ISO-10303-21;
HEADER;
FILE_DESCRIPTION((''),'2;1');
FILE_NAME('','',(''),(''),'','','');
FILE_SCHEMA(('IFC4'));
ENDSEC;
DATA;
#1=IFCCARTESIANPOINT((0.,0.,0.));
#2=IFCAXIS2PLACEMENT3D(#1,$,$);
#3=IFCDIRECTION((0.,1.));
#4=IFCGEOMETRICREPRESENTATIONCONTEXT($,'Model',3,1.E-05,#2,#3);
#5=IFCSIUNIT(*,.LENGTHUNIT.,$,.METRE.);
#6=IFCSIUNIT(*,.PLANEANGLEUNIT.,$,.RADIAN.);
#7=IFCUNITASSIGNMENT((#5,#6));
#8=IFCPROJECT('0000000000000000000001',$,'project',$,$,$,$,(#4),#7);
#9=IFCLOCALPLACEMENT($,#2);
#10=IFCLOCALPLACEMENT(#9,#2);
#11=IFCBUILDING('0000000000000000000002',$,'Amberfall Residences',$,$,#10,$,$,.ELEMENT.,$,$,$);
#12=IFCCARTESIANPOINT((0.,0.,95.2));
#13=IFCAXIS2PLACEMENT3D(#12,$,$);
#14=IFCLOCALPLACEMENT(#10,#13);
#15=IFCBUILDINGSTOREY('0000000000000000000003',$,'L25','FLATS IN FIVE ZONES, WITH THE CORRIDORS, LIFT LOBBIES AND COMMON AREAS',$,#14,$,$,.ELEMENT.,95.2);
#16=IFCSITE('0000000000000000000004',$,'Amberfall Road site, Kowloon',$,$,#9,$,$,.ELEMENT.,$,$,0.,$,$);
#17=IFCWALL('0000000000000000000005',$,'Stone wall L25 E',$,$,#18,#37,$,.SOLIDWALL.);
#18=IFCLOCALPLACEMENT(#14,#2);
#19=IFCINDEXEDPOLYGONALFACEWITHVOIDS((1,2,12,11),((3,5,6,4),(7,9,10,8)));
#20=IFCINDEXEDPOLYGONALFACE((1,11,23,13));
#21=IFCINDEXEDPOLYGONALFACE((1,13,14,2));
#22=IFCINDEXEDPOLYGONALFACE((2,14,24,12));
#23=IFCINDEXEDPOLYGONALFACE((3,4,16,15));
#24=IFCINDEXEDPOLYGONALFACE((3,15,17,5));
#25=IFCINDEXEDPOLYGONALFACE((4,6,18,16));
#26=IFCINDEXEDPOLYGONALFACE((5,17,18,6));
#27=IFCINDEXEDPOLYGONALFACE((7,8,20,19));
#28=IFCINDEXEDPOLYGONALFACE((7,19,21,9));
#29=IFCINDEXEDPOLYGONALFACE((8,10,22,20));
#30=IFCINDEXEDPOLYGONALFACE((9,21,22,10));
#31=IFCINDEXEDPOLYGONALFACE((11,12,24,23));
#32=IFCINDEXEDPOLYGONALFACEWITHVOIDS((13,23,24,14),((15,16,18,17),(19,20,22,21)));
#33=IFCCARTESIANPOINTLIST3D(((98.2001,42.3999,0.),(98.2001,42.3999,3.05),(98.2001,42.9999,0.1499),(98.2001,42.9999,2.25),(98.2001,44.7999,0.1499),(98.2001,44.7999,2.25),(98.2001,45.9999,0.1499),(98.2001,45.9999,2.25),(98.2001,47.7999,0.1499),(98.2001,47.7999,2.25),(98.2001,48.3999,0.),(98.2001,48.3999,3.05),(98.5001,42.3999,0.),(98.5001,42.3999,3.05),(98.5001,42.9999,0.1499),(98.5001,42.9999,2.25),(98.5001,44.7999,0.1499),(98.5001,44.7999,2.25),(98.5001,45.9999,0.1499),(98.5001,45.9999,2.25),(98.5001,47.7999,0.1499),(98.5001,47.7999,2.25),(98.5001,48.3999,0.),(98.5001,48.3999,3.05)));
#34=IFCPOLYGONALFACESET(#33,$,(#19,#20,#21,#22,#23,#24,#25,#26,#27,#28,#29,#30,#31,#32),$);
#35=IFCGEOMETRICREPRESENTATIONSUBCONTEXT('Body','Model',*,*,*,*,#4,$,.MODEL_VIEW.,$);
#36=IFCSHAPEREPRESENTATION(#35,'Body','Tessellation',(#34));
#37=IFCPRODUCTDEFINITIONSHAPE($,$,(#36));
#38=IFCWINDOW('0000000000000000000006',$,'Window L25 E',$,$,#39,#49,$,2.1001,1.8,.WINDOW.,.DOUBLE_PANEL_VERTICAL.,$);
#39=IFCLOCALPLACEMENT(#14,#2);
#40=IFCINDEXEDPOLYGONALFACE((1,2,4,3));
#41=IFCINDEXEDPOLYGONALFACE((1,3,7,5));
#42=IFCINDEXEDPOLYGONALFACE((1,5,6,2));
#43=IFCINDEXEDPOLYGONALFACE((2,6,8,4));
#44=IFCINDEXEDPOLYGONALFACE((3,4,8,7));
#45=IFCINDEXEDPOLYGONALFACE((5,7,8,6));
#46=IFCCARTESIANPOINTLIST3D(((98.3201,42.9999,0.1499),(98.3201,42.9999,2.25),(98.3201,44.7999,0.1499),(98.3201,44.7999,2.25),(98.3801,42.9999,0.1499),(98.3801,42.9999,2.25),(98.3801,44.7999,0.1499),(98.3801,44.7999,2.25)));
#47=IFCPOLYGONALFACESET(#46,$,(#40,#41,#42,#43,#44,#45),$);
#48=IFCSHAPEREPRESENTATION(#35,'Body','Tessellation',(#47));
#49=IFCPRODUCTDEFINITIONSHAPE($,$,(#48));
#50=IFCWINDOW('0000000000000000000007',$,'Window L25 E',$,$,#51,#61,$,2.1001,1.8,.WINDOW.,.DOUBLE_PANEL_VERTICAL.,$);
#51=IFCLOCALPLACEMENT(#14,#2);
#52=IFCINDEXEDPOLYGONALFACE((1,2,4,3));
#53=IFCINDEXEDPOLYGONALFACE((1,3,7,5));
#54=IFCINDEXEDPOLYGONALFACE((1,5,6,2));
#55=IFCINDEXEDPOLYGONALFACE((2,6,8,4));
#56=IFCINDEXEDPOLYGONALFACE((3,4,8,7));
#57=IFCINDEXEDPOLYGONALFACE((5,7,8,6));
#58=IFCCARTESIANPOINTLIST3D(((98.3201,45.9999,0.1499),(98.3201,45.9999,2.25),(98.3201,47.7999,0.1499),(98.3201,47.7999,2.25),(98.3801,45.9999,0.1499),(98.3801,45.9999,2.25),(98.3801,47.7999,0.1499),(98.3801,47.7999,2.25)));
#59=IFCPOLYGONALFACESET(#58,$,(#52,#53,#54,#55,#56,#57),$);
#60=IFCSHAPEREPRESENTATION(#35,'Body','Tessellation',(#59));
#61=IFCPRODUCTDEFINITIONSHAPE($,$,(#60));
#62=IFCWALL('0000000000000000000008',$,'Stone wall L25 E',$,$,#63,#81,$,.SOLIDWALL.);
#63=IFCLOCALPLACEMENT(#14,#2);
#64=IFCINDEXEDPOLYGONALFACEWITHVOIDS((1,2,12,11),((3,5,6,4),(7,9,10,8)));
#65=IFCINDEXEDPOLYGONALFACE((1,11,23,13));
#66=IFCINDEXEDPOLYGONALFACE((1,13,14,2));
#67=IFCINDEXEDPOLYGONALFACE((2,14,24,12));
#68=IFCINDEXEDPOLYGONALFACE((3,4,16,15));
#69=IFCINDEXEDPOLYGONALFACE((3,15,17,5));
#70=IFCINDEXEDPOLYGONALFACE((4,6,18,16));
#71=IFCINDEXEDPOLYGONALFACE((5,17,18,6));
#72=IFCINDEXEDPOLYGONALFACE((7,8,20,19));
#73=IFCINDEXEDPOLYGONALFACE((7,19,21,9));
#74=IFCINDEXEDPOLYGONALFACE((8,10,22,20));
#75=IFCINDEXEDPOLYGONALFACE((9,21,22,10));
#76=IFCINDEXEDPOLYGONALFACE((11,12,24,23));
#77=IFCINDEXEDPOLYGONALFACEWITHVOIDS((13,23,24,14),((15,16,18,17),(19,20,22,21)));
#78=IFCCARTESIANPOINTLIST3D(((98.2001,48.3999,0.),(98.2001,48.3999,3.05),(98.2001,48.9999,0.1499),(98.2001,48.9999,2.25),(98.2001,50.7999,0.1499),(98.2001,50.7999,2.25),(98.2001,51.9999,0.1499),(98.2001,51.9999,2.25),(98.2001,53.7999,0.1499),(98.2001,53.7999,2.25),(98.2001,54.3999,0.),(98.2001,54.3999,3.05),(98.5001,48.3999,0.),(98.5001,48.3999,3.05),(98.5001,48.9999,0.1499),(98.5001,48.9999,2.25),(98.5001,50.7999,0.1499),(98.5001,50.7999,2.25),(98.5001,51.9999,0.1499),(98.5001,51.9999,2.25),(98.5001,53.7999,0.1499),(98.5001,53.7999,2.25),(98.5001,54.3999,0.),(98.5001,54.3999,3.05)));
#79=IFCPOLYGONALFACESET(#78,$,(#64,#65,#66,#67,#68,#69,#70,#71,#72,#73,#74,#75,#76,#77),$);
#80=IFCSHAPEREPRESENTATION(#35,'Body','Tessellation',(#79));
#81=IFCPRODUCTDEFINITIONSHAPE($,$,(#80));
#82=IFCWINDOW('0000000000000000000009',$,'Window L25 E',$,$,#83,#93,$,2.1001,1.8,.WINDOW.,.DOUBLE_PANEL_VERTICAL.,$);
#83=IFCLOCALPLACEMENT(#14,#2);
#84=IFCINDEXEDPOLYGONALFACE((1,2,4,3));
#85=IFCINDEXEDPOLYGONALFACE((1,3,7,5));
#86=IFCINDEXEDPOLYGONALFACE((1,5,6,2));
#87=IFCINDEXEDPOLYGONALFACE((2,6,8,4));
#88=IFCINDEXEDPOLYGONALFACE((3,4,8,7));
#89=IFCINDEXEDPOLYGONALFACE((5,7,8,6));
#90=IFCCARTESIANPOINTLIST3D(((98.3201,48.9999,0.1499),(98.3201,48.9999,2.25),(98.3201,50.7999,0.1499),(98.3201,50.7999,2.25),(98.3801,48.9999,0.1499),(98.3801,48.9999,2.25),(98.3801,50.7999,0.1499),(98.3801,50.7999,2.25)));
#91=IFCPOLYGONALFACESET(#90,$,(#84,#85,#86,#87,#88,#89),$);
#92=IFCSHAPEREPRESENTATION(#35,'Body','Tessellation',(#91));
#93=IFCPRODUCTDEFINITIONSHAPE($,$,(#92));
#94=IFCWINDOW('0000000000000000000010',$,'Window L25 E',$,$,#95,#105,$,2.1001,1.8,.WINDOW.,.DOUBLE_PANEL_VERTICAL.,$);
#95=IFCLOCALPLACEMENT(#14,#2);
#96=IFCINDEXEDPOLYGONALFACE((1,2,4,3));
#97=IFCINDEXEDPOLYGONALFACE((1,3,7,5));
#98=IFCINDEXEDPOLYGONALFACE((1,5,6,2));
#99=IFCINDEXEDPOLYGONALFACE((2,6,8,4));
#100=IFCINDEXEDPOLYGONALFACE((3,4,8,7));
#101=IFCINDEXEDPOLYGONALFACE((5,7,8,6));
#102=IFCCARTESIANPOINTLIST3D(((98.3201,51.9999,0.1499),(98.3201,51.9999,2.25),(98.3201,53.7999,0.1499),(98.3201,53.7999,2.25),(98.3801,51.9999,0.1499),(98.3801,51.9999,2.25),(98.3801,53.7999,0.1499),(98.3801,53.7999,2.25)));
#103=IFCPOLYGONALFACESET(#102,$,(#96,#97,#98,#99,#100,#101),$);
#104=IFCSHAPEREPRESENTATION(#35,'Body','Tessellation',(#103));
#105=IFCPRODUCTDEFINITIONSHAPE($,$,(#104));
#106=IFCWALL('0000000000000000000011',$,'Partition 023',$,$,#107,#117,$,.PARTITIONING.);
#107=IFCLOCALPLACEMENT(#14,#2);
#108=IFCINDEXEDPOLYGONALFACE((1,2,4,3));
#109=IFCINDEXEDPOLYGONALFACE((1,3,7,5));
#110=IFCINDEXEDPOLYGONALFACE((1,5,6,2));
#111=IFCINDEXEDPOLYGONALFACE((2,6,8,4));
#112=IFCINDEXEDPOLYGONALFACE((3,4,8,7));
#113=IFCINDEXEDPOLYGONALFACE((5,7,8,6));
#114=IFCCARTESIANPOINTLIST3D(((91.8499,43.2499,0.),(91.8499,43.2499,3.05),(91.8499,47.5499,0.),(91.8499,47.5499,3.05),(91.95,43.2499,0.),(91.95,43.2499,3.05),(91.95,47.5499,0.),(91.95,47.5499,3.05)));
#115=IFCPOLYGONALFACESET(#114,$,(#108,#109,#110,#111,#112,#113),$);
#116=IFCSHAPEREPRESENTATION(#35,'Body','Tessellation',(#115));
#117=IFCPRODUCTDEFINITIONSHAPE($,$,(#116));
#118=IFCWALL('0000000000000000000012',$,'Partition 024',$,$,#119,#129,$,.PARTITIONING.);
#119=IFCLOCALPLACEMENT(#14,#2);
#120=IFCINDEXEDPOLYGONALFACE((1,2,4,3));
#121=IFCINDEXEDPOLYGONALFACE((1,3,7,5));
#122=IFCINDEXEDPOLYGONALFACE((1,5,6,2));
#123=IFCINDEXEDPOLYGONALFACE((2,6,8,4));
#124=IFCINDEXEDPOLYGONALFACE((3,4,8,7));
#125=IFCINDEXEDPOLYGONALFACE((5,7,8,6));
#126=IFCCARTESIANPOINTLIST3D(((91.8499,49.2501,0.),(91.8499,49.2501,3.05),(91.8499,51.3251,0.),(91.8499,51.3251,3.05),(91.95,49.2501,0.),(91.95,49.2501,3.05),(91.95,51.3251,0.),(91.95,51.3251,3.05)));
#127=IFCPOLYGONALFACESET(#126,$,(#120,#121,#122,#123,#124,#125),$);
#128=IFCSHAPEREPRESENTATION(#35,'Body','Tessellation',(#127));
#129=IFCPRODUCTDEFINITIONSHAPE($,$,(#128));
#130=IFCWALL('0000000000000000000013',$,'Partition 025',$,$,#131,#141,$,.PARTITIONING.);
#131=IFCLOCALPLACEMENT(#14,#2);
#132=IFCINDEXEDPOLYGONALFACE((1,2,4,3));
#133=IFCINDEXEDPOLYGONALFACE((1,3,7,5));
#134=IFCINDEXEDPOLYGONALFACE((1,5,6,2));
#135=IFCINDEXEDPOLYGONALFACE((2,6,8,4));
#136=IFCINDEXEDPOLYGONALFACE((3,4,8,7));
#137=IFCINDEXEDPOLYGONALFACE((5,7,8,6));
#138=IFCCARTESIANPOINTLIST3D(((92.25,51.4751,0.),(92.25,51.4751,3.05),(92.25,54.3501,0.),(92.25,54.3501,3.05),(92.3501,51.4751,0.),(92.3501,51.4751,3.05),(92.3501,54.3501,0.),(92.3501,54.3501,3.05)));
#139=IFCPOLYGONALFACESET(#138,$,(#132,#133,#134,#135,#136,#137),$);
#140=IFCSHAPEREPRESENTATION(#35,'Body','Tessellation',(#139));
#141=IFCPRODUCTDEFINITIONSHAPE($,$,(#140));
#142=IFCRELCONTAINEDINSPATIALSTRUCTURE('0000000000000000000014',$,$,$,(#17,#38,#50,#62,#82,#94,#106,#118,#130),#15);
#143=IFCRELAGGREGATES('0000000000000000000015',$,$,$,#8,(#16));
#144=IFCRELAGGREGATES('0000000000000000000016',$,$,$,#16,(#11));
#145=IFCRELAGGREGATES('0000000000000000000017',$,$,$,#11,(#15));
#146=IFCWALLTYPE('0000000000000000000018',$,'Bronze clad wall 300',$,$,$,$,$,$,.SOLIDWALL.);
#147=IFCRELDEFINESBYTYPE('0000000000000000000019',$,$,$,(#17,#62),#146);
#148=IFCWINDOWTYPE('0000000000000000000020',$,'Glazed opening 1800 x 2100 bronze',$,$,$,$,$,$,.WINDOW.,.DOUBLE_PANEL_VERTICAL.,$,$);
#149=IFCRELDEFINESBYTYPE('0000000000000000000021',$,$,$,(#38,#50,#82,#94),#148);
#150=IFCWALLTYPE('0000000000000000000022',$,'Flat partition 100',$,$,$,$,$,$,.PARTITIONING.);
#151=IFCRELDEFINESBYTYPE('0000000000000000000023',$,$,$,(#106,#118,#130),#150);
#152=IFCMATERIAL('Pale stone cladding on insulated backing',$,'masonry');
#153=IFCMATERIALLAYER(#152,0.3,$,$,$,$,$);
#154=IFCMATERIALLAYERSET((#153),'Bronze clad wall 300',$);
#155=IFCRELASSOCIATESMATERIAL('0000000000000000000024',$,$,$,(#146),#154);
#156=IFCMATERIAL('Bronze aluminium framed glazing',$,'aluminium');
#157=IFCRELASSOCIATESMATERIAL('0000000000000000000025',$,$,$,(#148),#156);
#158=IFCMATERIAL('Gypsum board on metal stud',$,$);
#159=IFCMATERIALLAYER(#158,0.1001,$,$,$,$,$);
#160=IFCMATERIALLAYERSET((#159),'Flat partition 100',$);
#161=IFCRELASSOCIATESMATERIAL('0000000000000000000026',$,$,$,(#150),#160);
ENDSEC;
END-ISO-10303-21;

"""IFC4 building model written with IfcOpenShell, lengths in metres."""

from ifc_helpers import new_model, si_unit, direction, frame, frame_2d, origin, place, context, subcontext, project, spatial, rectangle, extrude, material, layer, layer_set, type_object, element, fill, save


model = new_model("IFC4")

# Units and contexts
model_context = context("Model", 3, precision=1e-05, world=origin(), true_north=direction((0.0, 1.0)))
body_context = subcontext(model_context, "Body", "Model", "MODEL_VIEW")
ifc_project = project(units=[si_unit("LENGTHUNIT", "METRE"), si_unit("PLANEANGLEUNIT", "RADIAN")], contexts=[model_context])

# Site, building, storey
site_placement = place(None, origin())
site = spatial("IfcSite", under=ifc_project, at=site_placement, Name="Amberfall Road site, Kowloon", CompositionType="ELEMENT", RefElevation=0.0)
building_placement = place(site_placement, origin())
building = spatial("IfcBuilding", under=site, at=building_placement, Name="Amberfall Residences", CompositionType="ELEMENT")
storey_placement = place(building_placement, frame((0.0, 0.0, 95.2)))
storey = spatial("IfcBuildingStorey", under=building, at=storey_placement, Name="L25", Description="FLATS IN FIVE ZONES, WITH THE CORRIDORS, LIFT LOBBIES AND COMMON AREAS", CompositionType="ELEMENT", Elevation=95.2)

# Walls, openings, windows
ifc_material_1 = material(Name="Pale stone cladding on insulated backing", Category="masonry")
ifc_layer_1 = layer(ifc_material_1, 0.3)
ifc_layer_set_1 = layer_set([ifc_layer_1], Name="Bronze clad wall 300")
wall_type_1 = type_object("IfcWallType", Name="Bronze clad wall 300", PredefinedType="SOLIDWALL", material=ifc_layer_set_1)
wall_1_placement = place(storey_placement, frame((98.3501, 42.3999, 0.0), z_axis=(0.0, 0.0, 1.0), x_axis=(0.0, 1.0, 0.0)))
wall_1 = element("IfcWall", 1, at=wall_1_placement, inside=storey, type_object=wall_type_1, Name="Stone wall L25 E", PredefinedType="SOLIDWALL", context=body_context, shape_type="SweptSolid", body=[
    extrude(rectangle(XDim=6.0, YDim=0.3, at=frame_2d((3.0, 0.0))), origin(), (0.0, 0.0, 1.0), 3.05),
])
opening_1_placement = place(wall_1_placement, frame((0.6001, 0.0, 0.1499)))
opening_1 = element("IfcOpeningElement", 2, at=opening_1_placement, cuts=wall_1, PredefinedType="OPENING", context=body_context, shape_type="SweptSolid", body=[
    extrude(rectangle(XDim=1.8, YDim=2.1001, at=frame_2d((0.8999, 1.05))), frame((0.0, 0.1599, 0.0), z_axis=(0.0, -1.0, 0.0), x_axis=(1.0, 0.0, 0.0)), (0.0, 0.0, 1.0), 0.3201),
])
opening_2_placement = place(wall_1_placement, frame((3.6001, 0.0, 0.1499)))
opening_2 = element("IfcOpeningElement", 3, at=opening_2_placement, cuts=wall_1, PredefinedType="OPENING", context=body_context, shape_type="SweptSolid", body=[
    extrude(rectangle(XDim=1.8, YDim=2.1001, at=frame_2d((0.8999, 1.05))), frame((0.0, 0.1599, 0.0), z_axis=(0.0, -1.0, 0.0), x_axis=(1.0, 0.0, 0.0)), (0.0, 0.0, 1.0), 0.3201),
])
ifc_material_2 = material(Name="Bronze aluminium framed glazing", Category="aluminium")
window_type = type_object("IfcWindowType", Name="Glazed opening 1800 x 2100 bronze", PartitioningType="DOUBLE_PANEL_VERTICAL", PredefinedType="WINDOW", material=ifc_material_2)
window_1_placement = place(opening_1_placement, origin())
window_1 = element("IfcWindow", 4, at=window_1_placement, inside=storey, type_object=window_type, Name="Window L25 E", OverallHeight=2.1001, OverallWidth=1.8, PartitioningType="DOUBLE_PANEL_VERTICAL", PredefinedType="WINDOW", context=body_context, shape_type="SweptSolid", body=[
    extrude(rectangle(XDim=1.8, YDim=2.1001, at=frame_2d((0.8999, 1.05))), frame((0.0, 0.03, 0.0), z_axis=(0.0, -1.0, 0.0), x_axis=(1.0, 0.0, 0.0)), (0.0, 0.0, 1.0), 0.0601),
])
fill(opening_1, window_1)
window_2_placement = place(opening_2_placement, origin())
window_2 = element("IfcWindow", 5, at=window_2_placement, inside=storey, type_object=window_type, Name="Window L25 E", OverallHeight=2.1001, OverallWidth=1.8, PartitioningType="DOUBLE_PANEL_VERTICAL", PredefinedType="WINDOW", context=body_context, shape_type="SweptSolid", body=[
    extrude(rectangle(XDim=1.8, YDim=2.1001, at=frame_2d((0.8999, 1.05))), frame((0.0, 0.03, 0.0), z_axis=(0.0, -1.0, 0.0), x_axis=(1.0, 0.0, 0.0)), (0.0, 0.0, 1.0), 0.0601),
])
fill(opening_2, window_2)
wall_2_placement = place(storey_placement, frame((98.3501, 48.3999, 0.0), z_axis=(0.0, 0.0, 1.0), x_axis=(0.0, 1.0, 0.0)))
wall_2 = element("IfcWall", 6, at=wall_2_placement, inside=storey, type_object=wall_type_1, Name="Stone wall L25 E", PredefinedType="SOLIDWALL", context=body_context, shape_type="SweptSolid", body=[
    extrude(rectangle(XDim=6.0, YDim=0.3, at=frame_2d((3.0, 0.0))), origin(), (0.0, 0.0, 1.0), 3.05),
])
opening_3_placement = place(wall_2_placement, frame((0.6001, 0.0, 0.1499)))
opening_3 = element("IfcOpeningElement", 7, at=opening_3_placement, cuts=wall_2, PredefinedType="OPENING", context=body_context, shape_type="SweptSolid", body=[
    extrude(rectangle(XDim=1.8, YDim=2.1001, at=frame_2d((0.8999, 1.05))), frame((0.0, 0.1599, 0.0), z_axis=(0.0, -1.0, 0.0), x_axis=(1.0, 0.0, 0.0)), (0.0, 0.0, 1.0), 0.3201),
])
opening_4_placement = place(wall_2_placement, frame((3.6001, 0.0, 0.1499)))
opening_4 = element("IfcOpeningElement", 8, at=opening_4_placement, cuts=wall_2, PredefinedType="OPENING", context=body_context, shape_type="SweptSolid", body=[
    extrude(rectangle(XDim=1.8, YDim=2.1001, at=frame_2d((0.8999, 1.05))), frame((0.0, 0.1599, 0.0), z_axis=(0.0, -1.0, 0.0), x_axis=(1.0, 0.0, 0.0)), (0.0, 0.0, 1.0), 0.3201),
])
window_3_placement = place(opening_3_placement, origin())
window_3 = element("IfcWindow", 9, at=window_3_placement, inside=storey, type_object=window_type, Name="Window L25 E", OverallHeight=2.1001, OverallWidth=1.8, PartitioningType="DOUBLE_PANEL_VERTICAL", PredefinedType="WINDOW", context=body_context, shape_type="SweptSolid", body=[
    extrude(rectangle(XDim=1.8, YDim=2.1001, at=frame_2d((0.8999, 1.05))), frame((0.0, 0.03, 0.0), z_axis=(0.0, -1.0, 0.0), x_axis=(1.0, 0.0, 0.0)), (0.0, 0.0, 1.0), 0.0601),
])
fill(opening_3, window_3)
window_4_placement = place(opening_4_placement, origin())
window_4 = element("IfcWindow", 10, at=window_4_placement, inside=storey, type_object=window_type, Name="Window L25 E", OverallHeight=2.1001, OverallWidth=1.8, PartitioningType="DOUBLE_PANEL_VERTICAL", PredefinedType="WINDOW", context=body_context, shape_type="SweptSolid", body=[
    extrude(rectangle(XDim=1.8, YDim=2.1001, at=frame_2d((0.8999, 1.05))), frame((0.0, 0.03, 0.0), z_axis=(0.0, -1.0, 0.0), x_axis=(1.0, 0.0, 0.0)), (0.0, 0.0, 1.0), 0.0601),
])
fill(opening_4, window_4)

# Walls
ifc_material_3 = material(Name="Gypsum board on metal stud")
ifc_layer_2 = layer(ifc_material_3, 0.1001)
ifc_layer_set_2 = layer_set([ifc_layer_2], Name="Flat partition 100")
wall_type_2 = type_object("IfcWallType", Name="Flat partition 100", PredefinedType="PARTITIONING", material=ifc_layer_set_2)
wall_3_placement = place(storey_placement, frame((91.8999, 43.25, 0.0), z_axis=(0.0, 0.0, 1.0), x_axis=(0.0, 1.0, 0.0)))
element("IfcWall", 11, at=wall_3_placement, inside=storey, type_object=wall_type_2, Name="Partition 023", PredefinedType="PARTITIONING", context=body_context, shape_type="SweptSolid", body=[
    extrude(rectangle(XDim=4.3, YDim=0.1001, at=frame_2d((2.1499, 0.0))), origin(), (0.0, 0.0, 1.0), 3.05),
])
wall_4_placement = place(storey_placement, frame((91.8999, 49.25, 0.0), z_axis=(0.0, 0.0, 1.0), x_axis=(0.0, 1.0, 0.0)))
element("IfcWall", 12, at=wall_4_placement, inside=storey, type_object=wall_type_2, Name="Partition 024", PredefinedType="PARTITIONING", context=body_context, shape_type="SweptSolid", body=[
    extrude(rectangle(XDim=2.075, YDim=0.1001, at=frame_2d((1.0376, 0.0))), origin(), (0.0, 0.0, 1.0), 3.05),
])
wall_5_placement = place(storey_placement, frame((92.3, 51.4751, 0.0), z_axis=(0.0, 0.0, 1.0), x_axis=(0.0, 1.0, 0.0)))
element("IfcWall", 13, at=wall_5_placement, inside=storey, type_object=wall_type_2, Name="Partition 025", PredefinedType="PARTITIONING", context=body_context, shape_type="SweptSolid", body=[
    extrude(rectangle(XDim=2.875, YDim=0.1001, at=frame_2d((1.4375, 0.0))), origin(), (0.0, 0.0, 1.0), 3.05),
])

save(model, "model.ifc")
